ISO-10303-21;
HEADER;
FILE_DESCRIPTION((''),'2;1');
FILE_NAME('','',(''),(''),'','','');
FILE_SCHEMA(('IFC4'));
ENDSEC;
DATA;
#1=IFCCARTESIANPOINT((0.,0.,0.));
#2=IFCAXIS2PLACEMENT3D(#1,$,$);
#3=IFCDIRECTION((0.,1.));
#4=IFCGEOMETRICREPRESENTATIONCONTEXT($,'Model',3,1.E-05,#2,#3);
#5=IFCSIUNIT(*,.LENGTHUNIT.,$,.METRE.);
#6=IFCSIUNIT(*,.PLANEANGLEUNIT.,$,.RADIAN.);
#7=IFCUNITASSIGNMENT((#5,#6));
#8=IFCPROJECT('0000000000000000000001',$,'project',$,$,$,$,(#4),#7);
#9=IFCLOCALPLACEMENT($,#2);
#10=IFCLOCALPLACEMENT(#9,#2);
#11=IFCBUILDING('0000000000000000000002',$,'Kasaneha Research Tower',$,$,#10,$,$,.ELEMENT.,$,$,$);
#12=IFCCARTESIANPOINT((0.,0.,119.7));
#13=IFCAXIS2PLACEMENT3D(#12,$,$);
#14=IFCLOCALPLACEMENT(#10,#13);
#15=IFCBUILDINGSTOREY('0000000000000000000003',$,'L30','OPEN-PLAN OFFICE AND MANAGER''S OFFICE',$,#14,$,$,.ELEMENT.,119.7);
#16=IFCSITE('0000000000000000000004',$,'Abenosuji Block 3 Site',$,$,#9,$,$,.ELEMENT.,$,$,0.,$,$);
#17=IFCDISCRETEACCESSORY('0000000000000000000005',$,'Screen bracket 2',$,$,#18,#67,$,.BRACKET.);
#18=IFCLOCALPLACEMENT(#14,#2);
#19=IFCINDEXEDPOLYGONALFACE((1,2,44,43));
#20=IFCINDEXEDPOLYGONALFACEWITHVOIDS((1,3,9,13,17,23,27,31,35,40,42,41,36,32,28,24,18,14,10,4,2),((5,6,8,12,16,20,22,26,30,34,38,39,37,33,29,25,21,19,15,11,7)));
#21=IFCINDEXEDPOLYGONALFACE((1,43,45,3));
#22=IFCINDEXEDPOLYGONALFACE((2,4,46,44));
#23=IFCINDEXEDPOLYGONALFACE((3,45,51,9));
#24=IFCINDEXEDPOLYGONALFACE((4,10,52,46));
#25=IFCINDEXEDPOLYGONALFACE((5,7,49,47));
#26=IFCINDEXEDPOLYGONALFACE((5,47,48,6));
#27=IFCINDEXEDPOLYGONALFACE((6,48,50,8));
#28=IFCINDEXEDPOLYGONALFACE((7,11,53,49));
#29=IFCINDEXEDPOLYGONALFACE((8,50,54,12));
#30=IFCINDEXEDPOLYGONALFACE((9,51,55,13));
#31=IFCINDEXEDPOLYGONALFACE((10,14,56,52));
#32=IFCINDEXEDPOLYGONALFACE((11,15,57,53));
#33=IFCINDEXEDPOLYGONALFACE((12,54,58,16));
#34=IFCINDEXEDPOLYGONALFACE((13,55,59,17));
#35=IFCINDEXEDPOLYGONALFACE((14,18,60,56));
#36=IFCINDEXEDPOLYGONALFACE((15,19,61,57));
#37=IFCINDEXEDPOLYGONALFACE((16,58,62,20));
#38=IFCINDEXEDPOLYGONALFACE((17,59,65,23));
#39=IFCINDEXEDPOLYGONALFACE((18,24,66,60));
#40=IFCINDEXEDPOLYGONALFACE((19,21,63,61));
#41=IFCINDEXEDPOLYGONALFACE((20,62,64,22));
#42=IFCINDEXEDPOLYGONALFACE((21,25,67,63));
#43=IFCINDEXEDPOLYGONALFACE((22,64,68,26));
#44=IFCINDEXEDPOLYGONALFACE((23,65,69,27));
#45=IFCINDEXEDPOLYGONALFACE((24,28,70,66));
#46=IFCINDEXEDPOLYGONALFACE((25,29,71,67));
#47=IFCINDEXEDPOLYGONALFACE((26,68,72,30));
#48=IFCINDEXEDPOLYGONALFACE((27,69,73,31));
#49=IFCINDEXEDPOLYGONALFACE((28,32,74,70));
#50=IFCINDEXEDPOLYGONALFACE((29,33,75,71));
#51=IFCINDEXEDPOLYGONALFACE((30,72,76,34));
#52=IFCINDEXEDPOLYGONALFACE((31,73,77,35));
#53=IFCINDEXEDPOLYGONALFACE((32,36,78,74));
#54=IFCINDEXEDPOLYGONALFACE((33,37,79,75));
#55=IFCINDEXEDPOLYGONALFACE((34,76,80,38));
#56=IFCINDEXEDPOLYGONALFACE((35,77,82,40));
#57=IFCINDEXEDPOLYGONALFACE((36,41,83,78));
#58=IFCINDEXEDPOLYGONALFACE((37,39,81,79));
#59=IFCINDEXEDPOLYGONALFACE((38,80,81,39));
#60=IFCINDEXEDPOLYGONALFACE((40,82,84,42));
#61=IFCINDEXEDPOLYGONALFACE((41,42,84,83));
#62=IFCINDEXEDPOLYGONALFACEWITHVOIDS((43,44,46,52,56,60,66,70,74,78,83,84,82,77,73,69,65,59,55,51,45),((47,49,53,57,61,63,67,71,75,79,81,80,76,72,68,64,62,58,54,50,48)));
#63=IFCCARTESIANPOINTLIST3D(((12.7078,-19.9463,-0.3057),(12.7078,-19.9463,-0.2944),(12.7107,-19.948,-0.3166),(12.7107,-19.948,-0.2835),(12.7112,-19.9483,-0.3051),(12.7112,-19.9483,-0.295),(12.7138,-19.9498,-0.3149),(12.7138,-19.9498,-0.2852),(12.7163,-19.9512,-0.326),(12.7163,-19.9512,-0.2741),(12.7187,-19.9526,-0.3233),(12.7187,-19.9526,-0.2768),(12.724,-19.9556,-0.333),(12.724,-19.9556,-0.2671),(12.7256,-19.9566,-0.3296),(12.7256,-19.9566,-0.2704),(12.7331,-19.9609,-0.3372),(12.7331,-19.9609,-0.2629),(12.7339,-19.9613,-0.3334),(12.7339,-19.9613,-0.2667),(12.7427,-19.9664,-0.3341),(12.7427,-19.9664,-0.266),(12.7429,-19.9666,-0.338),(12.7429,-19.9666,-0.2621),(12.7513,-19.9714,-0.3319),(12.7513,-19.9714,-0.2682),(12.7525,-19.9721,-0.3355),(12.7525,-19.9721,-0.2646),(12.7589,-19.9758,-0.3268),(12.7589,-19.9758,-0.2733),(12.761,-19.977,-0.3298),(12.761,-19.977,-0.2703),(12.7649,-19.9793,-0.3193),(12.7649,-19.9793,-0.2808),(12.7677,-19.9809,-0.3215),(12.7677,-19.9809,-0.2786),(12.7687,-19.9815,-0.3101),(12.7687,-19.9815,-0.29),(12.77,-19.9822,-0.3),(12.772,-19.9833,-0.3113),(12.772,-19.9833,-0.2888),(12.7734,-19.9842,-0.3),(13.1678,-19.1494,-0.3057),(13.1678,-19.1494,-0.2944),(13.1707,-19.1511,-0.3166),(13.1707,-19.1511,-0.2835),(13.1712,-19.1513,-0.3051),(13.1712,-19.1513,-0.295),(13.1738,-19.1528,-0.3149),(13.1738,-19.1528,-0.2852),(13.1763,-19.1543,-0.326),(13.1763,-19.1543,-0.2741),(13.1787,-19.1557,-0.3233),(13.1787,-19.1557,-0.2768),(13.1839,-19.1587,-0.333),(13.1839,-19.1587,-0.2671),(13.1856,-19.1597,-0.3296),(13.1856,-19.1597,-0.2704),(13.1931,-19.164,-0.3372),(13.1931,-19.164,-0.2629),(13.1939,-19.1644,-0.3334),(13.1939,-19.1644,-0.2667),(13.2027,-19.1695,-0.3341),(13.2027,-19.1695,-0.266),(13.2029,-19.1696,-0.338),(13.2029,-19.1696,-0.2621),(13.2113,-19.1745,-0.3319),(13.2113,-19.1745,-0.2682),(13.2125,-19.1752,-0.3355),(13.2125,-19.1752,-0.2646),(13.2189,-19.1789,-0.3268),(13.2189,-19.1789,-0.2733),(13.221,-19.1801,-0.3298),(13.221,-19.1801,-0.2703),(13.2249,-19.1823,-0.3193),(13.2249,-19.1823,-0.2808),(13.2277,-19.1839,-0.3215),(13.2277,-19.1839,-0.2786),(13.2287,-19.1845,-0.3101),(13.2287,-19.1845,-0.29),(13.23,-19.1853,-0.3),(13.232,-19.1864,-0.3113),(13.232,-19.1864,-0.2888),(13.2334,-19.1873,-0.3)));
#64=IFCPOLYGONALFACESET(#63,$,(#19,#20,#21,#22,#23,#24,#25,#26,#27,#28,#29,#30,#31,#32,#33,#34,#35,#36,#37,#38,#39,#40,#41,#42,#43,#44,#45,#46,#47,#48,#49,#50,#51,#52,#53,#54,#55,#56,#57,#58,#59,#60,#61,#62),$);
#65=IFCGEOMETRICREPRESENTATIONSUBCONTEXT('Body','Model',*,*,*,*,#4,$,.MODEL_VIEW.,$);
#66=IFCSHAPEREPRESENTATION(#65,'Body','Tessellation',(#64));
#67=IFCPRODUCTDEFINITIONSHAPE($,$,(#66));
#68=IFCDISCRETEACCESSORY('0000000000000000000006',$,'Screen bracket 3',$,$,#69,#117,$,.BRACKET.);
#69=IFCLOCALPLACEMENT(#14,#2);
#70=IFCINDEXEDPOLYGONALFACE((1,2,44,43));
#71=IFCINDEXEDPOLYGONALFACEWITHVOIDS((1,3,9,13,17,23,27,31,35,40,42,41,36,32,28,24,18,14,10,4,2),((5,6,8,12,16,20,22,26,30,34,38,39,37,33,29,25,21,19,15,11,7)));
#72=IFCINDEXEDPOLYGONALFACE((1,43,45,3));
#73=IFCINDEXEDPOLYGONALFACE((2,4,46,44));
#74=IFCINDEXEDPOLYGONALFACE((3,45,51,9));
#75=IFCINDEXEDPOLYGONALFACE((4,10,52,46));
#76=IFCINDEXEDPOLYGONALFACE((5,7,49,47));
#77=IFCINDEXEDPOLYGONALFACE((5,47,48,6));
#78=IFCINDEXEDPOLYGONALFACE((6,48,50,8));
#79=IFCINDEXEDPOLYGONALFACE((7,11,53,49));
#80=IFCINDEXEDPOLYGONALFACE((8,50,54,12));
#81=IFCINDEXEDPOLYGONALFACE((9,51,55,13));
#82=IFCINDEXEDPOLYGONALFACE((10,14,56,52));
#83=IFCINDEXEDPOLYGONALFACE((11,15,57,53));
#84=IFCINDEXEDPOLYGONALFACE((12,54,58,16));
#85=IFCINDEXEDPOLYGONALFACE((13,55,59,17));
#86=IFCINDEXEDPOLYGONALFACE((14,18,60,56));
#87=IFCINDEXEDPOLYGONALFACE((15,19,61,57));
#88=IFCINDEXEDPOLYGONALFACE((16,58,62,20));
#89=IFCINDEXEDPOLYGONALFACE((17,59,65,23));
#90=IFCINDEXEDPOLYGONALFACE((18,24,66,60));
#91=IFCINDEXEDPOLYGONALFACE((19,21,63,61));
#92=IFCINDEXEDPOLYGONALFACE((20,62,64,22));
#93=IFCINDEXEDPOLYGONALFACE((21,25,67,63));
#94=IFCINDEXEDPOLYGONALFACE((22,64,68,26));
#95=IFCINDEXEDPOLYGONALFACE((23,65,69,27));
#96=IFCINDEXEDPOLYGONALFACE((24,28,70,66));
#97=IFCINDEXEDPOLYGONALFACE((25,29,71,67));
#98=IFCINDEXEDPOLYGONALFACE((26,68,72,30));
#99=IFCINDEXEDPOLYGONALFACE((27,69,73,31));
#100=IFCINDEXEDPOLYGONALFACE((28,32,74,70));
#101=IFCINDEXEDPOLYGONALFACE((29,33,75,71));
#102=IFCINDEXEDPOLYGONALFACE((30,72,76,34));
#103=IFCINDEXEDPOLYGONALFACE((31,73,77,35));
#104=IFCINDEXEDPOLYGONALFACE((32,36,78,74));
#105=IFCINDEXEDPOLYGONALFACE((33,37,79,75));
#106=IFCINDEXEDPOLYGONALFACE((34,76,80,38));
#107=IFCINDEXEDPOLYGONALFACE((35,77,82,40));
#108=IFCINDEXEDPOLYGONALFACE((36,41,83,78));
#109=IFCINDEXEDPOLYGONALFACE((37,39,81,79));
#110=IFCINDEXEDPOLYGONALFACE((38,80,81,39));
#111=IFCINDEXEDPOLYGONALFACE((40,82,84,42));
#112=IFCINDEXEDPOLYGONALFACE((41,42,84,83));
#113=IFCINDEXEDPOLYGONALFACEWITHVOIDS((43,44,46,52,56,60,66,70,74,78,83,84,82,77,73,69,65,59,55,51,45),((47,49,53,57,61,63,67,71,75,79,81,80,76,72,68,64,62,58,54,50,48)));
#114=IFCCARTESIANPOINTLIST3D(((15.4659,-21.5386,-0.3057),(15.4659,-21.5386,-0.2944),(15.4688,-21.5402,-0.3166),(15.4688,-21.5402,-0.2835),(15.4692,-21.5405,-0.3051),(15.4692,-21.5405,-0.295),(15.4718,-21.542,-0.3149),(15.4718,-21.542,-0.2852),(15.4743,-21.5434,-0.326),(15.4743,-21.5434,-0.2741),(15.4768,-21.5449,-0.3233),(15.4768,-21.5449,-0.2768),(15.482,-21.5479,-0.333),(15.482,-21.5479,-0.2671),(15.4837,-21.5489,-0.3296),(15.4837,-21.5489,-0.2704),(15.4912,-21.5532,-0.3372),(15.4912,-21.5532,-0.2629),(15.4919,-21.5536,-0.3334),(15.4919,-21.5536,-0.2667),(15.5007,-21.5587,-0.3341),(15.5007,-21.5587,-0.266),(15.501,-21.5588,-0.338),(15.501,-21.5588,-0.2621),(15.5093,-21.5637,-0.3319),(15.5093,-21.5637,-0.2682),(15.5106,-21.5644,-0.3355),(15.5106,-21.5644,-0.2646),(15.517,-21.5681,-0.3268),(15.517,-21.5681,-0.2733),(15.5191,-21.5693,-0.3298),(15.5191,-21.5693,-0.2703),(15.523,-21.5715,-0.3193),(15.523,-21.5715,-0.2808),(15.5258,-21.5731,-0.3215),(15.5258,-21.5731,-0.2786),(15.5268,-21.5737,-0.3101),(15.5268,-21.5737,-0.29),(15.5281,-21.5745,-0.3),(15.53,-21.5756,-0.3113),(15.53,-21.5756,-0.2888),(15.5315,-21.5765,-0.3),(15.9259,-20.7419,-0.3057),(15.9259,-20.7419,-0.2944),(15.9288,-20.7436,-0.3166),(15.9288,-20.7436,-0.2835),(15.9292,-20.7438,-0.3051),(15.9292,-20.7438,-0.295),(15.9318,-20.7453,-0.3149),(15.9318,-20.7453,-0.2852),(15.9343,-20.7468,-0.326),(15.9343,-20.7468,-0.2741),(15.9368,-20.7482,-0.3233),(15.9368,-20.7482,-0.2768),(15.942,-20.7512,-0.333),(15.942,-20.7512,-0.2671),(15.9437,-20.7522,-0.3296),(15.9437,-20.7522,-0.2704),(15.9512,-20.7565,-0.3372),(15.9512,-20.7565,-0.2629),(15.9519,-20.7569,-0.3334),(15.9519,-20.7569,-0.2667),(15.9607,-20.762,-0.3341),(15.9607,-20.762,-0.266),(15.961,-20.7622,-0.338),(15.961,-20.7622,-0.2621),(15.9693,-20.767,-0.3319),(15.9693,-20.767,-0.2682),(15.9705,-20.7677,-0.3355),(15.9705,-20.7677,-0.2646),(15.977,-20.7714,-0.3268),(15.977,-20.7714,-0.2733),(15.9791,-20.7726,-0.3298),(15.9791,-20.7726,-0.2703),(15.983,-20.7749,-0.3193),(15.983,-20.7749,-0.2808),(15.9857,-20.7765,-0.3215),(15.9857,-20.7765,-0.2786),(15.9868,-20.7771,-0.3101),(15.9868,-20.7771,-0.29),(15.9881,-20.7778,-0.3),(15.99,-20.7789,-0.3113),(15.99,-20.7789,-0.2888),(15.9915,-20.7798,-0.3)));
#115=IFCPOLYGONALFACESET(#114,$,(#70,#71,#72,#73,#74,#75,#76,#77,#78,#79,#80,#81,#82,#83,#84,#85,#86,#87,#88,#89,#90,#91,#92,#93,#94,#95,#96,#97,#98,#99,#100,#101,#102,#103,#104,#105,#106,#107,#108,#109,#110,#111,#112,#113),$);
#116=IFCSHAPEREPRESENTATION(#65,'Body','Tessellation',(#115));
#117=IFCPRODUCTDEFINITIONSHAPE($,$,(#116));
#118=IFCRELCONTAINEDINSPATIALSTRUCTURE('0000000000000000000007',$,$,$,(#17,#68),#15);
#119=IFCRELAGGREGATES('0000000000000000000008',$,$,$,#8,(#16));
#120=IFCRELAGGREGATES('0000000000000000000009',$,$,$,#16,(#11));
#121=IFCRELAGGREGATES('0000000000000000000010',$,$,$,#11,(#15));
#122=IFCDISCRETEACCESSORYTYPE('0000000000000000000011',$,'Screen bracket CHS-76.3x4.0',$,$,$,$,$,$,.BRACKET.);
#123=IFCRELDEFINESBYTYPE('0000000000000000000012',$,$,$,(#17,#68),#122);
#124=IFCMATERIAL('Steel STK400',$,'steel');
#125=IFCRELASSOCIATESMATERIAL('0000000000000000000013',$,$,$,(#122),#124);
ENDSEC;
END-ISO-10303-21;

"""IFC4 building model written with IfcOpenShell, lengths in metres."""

from ifc_helpers import new_model, si_unit, direction, frame, origin, origin_2d, place, context, subcontext, project, spatial, hollow_circle, extrude, material, material_profile, profile_set, type_object, element, save


model = new_model("IFC4")

# Units and contexts
model_context = context("Model", 3, precision=1e-05, world=origin(), true_north=direction((0.0, 1.0)))
body_context = subcontext(model_context, "Body", "Model", "MODEL_VIEW")
ifc_project = project(units=[si_unit("LENGTHUNIT", "METRE"), si_unit("PLANEANGLEUNIT", "RADIAN")], contexts=[model_context])

# Site, building, storey
site_placement = place(None, origin())
site = spatial("IfcSite", under=ifc_project, at=site_placement, Name="Abenosuji Block 3 Site", CompositionType="ELEMENT", RefElevation=0.0)
building_placement = place(site_placement, origin())
building = spatial("IfcBuilding", under=site, at=building_placement, Name="Kasaneha Research Tower", CompositionType="ELEMENT")
storey_placement = place(building_placement, frame((0.0, 0.0, 119.7)))
storey = spatial("IfcBuildingStorey", under=building, at=storey_placement, Name="L30", Description="OPEN-PLAN OFFICE AND MANAGER'S OFFICE", CompositionType="ELEMENT", Elevation=119.7)

# Discrete accessories
ifc_material_1 = material(Name="Steel STK400", Category="steel")
ifc_material_profile_1 = material_profile(ifc_material_1, hollow_circle(Radius=0.0381, WallThickness=0.0039, at=origin_2d()), Name="CHS-76.3x4.0")
ifc_profile_set_1 = profile_set([ifc_material_profile_1], Name="Steel STK400")
discrete_accessory_type = type_object("IfcDiscreteAccessoryType", Name="Screen bracket CHS-76.3x4.0", PredefinedType="BRACKET", material=ifc_profile_set_1)
discrete_accessory_1_placement = place(storey_placement, frame((13.2004, -19.1682, -0.3), z_axis=(-0.499906, -0.86608, 0.0), x_axis=(0.86608, -0.499906, 0.0)))
element("IfcDiscreteAccessory", 1, at=discrete_accessory_1_placement, inside=storey, type_object=discrete_accessory_type, Name="Screen bracket 2", PredefinedType="BRACKET", context=body_context, shape_type="SweptSolid", body=[
    extrude(hollow_circle(Radius=0.0381, WallThickness=0.0039, at=origin_2d()), origin(), (0.0, 0.0, 1.0), 0.9202),
])
discrete_accessory_2_placement = place(storey_placement, frame((15.9585, -20.7607, -0.3), z_axis=(-0.500021, -0.866013, 0.0), x_axis=(0.866013, -0.500021, 0.0)))
element("IfcDiscreteAccessory", 2, at=discrete_accessory_2_placement, inside=storey, type_object=discrete_accessory_type, Name="Screen bracket 3", PredefinedType="BRACKET", context=body_context, shape_type="SweptSolid", body=[
    extrude(hollow_circle(Radius=0.0381, WallThickness=0.0039, at=origin_2d()), origin(), (0.0, 0.0, 1.0), 0.9199),
])

save(model, "model.ifc")
